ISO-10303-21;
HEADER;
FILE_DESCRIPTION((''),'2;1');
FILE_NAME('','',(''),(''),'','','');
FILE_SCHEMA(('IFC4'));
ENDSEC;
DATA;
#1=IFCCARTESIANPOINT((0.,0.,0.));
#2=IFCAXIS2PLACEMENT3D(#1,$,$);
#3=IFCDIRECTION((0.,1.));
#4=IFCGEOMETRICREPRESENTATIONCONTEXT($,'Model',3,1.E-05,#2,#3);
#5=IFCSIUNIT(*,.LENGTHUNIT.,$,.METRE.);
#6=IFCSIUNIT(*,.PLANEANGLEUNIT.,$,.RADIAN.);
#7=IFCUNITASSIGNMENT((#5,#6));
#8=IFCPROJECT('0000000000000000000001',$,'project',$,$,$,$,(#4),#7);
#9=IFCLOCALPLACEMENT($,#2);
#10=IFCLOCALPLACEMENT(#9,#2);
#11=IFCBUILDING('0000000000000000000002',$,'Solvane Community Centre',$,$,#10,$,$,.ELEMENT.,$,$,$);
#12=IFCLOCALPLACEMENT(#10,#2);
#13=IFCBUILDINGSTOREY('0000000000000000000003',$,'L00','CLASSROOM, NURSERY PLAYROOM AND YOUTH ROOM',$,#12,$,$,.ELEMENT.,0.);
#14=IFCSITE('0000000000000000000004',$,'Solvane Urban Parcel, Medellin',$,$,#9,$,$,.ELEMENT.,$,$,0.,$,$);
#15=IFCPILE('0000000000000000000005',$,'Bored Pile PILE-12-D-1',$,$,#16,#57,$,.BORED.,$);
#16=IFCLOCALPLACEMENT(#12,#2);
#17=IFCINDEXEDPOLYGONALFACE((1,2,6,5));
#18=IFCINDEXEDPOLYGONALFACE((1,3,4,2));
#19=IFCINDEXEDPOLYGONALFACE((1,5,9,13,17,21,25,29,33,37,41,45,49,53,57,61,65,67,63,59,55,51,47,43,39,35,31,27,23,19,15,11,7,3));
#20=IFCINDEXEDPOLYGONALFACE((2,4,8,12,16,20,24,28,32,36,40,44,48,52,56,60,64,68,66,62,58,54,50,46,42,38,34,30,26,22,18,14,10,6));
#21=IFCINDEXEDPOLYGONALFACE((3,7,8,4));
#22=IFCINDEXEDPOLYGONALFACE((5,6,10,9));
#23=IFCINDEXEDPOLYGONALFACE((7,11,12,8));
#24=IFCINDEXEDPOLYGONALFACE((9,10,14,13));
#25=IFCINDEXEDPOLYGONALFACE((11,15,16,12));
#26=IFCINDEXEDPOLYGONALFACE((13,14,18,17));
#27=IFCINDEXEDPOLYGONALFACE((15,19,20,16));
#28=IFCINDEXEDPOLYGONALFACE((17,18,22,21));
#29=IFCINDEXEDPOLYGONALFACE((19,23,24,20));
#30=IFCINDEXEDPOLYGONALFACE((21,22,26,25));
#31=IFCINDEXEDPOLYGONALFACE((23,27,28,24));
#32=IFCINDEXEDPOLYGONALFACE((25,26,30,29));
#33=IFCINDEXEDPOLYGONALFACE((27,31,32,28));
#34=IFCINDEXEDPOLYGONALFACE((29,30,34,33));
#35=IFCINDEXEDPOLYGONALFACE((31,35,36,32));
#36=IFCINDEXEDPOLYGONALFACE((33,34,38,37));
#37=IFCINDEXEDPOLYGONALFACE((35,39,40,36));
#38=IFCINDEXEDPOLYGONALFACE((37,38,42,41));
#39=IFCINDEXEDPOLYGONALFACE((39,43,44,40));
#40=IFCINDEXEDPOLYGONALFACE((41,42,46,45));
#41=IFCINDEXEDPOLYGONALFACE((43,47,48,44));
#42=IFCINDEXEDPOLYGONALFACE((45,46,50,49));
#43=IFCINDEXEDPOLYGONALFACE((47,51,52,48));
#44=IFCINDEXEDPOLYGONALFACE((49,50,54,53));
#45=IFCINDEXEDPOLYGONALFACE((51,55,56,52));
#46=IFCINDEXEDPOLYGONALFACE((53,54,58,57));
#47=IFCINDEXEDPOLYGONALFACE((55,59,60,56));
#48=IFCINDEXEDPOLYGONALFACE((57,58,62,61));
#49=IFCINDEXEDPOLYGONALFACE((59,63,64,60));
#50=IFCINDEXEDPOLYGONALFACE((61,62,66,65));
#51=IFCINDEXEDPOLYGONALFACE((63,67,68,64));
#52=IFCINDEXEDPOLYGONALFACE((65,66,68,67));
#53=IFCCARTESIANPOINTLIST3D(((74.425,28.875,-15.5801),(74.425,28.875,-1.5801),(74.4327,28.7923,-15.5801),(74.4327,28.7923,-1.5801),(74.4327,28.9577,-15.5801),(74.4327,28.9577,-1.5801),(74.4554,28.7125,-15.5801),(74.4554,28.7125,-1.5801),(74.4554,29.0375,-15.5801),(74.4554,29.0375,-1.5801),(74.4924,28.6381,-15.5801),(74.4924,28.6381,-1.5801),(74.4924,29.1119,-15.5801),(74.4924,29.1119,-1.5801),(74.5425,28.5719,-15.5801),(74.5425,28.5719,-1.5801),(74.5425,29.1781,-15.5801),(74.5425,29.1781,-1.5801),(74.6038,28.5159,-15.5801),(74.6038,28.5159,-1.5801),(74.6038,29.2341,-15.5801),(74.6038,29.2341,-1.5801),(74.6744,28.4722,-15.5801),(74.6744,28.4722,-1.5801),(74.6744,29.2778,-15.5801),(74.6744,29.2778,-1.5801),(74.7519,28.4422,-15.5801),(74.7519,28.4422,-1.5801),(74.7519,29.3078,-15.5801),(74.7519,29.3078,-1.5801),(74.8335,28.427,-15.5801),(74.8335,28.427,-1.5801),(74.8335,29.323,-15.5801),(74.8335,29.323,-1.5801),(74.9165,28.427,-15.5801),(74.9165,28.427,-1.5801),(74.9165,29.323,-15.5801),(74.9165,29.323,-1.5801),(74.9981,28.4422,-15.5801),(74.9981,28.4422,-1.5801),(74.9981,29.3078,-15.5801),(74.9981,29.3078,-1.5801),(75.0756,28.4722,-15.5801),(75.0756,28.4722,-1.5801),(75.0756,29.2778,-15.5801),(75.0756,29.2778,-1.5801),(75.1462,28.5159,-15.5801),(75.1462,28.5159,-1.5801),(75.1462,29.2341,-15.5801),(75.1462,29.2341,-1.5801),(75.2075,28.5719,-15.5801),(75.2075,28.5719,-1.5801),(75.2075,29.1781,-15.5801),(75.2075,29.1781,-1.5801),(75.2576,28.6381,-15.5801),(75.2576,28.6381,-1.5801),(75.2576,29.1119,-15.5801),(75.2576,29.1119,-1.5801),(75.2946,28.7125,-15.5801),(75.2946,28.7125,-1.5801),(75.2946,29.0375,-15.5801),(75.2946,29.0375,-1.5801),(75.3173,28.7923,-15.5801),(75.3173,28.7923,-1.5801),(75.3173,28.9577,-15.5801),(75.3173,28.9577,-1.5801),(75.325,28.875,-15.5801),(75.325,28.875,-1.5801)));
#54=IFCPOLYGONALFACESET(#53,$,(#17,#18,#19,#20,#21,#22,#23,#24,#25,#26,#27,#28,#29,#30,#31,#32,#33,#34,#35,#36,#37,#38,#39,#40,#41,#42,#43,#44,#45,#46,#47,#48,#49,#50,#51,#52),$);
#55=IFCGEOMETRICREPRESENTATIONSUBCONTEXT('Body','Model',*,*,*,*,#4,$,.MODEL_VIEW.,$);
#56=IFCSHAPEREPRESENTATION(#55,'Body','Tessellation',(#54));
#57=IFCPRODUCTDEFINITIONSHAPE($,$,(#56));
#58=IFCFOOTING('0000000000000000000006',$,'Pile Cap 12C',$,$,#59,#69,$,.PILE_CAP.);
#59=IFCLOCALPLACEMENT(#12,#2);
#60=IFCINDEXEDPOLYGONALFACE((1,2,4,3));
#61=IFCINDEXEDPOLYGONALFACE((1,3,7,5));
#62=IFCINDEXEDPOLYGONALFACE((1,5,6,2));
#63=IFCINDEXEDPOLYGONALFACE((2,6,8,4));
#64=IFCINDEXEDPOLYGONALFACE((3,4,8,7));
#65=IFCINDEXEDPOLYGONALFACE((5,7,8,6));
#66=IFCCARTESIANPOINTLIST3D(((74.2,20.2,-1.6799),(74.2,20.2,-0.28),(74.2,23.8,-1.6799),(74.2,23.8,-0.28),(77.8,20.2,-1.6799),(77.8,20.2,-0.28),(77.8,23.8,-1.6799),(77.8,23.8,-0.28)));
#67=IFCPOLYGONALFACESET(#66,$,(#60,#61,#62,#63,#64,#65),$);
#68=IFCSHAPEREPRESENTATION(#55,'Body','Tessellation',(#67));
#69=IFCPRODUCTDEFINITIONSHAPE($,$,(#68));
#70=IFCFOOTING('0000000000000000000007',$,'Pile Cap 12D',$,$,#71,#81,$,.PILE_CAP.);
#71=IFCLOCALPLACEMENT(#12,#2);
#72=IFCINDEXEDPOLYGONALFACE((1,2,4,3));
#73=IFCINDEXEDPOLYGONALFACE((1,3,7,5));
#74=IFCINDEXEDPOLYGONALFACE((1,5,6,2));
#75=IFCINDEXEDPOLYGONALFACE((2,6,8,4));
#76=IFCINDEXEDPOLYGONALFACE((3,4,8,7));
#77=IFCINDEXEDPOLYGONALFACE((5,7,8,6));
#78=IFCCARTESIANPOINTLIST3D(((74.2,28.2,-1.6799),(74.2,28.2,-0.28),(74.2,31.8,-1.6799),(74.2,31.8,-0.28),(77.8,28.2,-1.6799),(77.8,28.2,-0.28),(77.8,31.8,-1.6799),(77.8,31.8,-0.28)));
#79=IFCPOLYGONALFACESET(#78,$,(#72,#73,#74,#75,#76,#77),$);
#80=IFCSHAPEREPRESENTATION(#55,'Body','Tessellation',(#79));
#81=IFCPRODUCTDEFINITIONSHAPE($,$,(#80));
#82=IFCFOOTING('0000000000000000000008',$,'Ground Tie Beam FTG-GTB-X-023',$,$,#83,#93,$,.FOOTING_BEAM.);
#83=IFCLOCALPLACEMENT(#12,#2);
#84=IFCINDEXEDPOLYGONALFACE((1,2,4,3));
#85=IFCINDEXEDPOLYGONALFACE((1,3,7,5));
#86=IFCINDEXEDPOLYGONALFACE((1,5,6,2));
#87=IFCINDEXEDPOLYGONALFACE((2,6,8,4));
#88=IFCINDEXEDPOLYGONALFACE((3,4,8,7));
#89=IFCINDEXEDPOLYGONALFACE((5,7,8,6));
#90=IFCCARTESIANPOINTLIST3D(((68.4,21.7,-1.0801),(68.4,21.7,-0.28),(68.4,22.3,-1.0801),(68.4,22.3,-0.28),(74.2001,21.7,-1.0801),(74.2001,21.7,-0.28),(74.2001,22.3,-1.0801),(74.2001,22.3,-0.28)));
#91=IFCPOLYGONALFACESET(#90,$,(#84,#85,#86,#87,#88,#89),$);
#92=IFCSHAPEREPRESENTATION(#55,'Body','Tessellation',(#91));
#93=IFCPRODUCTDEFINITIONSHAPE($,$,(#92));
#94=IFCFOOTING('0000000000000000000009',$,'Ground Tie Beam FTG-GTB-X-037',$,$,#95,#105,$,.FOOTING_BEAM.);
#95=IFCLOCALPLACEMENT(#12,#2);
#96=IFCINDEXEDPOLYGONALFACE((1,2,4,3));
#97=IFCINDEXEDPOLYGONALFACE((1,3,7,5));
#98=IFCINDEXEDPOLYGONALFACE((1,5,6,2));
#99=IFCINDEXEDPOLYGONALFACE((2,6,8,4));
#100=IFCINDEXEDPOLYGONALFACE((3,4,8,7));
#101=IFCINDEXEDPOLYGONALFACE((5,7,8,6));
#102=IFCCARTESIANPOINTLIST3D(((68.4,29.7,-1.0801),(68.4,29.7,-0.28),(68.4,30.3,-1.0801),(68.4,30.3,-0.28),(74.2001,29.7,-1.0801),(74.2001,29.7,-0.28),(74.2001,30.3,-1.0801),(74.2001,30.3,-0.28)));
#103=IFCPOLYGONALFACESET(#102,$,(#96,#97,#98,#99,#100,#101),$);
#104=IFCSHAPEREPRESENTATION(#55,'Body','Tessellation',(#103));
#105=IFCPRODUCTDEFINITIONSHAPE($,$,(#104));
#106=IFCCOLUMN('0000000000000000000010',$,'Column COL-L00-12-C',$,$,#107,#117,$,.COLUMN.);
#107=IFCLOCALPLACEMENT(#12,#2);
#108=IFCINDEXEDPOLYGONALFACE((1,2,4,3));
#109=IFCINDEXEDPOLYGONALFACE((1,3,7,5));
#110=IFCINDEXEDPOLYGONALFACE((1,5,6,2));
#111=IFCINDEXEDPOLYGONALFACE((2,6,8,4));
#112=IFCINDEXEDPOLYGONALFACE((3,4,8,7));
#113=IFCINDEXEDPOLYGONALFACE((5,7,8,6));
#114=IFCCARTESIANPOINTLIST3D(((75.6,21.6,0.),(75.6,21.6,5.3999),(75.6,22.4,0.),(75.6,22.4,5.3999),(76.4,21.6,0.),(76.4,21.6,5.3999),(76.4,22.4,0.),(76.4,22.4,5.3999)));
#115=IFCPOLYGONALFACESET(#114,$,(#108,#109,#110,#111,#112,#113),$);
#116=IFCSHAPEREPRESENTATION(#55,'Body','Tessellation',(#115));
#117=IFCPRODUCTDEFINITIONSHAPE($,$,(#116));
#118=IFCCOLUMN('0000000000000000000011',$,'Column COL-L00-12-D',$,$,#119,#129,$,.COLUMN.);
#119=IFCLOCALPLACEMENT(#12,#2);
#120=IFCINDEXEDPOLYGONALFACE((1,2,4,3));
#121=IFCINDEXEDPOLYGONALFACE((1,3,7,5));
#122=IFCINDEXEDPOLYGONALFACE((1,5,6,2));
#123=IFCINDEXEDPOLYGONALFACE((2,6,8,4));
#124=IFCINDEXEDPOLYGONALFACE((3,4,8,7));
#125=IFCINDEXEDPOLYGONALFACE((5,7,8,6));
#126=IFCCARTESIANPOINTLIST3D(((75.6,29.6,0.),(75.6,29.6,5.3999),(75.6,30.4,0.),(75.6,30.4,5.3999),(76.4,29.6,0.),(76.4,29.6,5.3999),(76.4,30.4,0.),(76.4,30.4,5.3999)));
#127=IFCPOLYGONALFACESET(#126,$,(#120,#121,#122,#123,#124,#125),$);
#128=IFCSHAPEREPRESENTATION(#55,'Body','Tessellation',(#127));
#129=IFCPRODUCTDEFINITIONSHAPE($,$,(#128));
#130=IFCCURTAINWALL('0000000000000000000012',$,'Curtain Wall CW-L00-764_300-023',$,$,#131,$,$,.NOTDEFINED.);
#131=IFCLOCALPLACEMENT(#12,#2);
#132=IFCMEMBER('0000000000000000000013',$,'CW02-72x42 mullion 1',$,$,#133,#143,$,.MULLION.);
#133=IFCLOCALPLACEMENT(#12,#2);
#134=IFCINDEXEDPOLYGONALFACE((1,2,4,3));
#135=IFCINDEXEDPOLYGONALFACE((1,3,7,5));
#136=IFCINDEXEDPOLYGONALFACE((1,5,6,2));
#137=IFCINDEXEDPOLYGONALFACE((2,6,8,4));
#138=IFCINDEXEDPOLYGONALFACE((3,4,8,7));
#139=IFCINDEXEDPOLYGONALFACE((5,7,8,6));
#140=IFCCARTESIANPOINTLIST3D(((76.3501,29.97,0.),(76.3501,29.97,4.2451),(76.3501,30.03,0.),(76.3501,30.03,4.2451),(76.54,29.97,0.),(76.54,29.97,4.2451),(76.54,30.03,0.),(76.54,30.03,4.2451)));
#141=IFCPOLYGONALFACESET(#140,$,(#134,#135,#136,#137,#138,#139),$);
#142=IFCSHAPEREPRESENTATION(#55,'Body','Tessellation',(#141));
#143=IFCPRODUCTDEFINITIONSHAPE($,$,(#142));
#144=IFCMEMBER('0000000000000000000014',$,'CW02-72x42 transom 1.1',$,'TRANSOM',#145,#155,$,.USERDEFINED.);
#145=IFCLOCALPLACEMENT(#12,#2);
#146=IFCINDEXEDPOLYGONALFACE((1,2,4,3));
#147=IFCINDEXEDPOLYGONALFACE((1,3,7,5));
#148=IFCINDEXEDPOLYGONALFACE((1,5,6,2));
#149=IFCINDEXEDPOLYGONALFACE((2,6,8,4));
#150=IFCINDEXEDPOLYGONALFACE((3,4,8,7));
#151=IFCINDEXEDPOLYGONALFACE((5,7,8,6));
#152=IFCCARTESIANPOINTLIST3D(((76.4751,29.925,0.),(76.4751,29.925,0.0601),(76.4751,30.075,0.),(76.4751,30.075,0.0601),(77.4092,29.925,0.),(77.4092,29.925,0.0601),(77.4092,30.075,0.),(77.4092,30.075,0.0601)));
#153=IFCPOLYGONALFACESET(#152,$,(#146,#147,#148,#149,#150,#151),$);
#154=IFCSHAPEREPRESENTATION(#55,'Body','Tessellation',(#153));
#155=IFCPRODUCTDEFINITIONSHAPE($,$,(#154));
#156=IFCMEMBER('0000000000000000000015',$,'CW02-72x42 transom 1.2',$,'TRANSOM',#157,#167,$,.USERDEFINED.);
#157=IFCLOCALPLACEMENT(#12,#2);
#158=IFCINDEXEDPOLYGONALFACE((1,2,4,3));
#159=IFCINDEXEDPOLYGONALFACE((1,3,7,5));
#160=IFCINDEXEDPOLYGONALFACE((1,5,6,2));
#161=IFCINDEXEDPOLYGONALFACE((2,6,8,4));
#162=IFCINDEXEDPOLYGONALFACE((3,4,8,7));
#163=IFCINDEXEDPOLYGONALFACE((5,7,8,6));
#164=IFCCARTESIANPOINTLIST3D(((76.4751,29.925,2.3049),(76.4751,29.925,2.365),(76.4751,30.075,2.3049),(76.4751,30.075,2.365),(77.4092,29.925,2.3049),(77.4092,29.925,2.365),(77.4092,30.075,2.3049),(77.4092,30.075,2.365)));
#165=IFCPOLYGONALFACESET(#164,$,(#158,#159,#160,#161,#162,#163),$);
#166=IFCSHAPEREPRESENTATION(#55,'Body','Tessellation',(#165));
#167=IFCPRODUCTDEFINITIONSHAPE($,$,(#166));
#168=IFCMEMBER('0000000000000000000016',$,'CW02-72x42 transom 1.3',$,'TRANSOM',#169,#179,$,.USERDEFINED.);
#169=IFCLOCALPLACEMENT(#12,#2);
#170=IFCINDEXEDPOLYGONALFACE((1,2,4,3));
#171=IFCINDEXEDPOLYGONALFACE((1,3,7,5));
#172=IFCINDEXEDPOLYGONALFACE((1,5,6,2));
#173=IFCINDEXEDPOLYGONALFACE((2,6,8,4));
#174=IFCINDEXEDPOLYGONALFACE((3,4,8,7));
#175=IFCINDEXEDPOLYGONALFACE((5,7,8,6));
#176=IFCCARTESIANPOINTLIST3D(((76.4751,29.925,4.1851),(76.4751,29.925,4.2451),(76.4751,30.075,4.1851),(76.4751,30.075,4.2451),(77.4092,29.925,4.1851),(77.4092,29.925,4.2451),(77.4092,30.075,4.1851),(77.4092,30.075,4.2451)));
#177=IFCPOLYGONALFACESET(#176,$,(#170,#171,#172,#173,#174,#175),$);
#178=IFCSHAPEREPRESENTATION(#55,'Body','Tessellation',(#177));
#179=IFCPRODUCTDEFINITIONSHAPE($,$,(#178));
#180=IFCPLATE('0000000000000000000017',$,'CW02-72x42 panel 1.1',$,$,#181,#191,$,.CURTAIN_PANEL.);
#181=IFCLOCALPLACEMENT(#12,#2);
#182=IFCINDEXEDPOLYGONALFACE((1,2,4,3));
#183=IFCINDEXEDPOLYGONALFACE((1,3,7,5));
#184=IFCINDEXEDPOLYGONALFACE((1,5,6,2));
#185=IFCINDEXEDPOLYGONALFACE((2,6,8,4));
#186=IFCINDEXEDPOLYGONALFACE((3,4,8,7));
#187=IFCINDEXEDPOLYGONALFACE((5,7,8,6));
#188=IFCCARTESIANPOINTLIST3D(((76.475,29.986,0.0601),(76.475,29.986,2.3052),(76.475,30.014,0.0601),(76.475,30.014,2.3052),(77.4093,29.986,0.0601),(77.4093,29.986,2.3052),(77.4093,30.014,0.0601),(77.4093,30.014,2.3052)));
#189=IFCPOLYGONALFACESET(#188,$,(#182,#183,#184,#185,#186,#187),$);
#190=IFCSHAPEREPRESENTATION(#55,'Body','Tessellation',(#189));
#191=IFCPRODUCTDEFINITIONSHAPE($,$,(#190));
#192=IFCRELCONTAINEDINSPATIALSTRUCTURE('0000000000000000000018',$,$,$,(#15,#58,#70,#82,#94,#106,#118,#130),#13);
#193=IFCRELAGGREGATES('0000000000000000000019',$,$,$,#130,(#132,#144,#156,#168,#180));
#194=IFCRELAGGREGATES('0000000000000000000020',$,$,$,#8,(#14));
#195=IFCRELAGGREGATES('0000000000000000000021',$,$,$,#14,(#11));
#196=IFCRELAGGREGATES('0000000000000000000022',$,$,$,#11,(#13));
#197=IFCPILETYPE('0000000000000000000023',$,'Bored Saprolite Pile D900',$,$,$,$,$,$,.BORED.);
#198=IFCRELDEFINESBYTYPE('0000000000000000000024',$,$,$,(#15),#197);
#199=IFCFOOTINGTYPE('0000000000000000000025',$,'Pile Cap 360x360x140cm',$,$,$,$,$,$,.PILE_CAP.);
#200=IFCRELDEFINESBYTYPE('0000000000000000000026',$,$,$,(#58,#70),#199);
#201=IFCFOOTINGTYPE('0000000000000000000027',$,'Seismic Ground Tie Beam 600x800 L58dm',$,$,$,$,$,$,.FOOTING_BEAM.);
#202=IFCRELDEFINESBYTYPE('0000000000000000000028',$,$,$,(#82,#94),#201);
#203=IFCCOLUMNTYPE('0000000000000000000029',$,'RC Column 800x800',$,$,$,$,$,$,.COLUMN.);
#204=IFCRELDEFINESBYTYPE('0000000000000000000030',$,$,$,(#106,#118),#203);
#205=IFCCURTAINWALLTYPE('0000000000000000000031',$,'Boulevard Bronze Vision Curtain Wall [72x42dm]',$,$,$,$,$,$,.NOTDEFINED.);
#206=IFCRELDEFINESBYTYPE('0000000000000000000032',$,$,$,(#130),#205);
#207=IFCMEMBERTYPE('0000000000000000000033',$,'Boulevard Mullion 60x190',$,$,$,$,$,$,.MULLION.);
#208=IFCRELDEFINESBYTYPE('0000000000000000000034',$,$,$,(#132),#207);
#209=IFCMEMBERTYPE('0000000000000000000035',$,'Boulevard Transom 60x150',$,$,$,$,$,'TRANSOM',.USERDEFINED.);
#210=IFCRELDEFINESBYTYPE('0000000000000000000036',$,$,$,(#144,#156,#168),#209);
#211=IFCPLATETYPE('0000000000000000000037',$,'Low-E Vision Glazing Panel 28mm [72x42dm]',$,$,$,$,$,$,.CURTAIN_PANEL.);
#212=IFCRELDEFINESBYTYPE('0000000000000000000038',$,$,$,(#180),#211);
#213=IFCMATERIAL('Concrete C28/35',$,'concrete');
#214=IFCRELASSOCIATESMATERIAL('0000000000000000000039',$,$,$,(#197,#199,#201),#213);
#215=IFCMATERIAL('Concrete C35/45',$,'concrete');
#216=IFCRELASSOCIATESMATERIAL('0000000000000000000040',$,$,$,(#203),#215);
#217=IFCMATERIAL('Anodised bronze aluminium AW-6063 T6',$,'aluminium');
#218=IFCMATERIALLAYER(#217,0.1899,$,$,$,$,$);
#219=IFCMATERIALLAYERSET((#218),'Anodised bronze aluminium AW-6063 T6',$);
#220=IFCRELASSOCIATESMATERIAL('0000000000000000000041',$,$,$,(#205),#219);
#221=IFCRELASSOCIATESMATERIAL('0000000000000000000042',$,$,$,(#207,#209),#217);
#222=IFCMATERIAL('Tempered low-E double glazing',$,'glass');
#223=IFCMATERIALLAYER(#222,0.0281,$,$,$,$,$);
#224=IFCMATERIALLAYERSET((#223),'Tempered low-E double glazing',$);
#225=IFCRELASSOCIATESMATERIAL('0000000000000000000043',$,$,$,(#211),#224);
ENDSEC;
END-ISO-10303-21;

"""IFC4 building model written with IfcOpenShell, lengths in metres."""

from ifc_helpers import new_model, si_unit, direction, frame, origin, origin_2d, place, context, subcontext, project, spatial, rectangle, circle, extrude, material, layer, layer_set, material_profile, profile_set, type_object, element, aggregate, save


model = new_model("IFC4")

# Units and contexts
model_context = context("Model", 3, precision=1e-05, world=origin(), true_north=direction((0.0, 1.0)))
body_context = subcontext(model_context, "Body", "Model", "MODEL_VIEW")
ifc_project = project(units=[si_unit("LENGTHUNIT", "METRE"), si_unit("PLANEANGLEUNIT", "RADIAN")], contexts=[model_context])

# Site, building, storey
site_placement = place(None, origin())
site = spatial("IfcSite", under=ifc_project, at=site_placement, Name="Solvane Urban Parcel, Medellin", CompositionType="ELEMENT", RefElevation=0.0)
building_placement = place(site_placement, origin())
building = spatial("IfcBuilding", under=site, at=building_placement, Name="Solvane Community Centre", CompositionType="ELEMENT")
storey_placement = place(building_placement, origin())
storey = spatial("IfcBuildingStorey", under=building, at=storey_placement, Name="L00", Description="CLASSROOM, NURSERY PLAYROOM AND YOUTH ROOM", CompositionType="ELEMENT", Elevation=0.0)

# Pile
ifc_material_1 = material(Name="Concrete C28/35", Category="concrete")
ifc_material_profile_1 = material_profile(ifc_material_1, circle(Radius=0.45, at=origin_2d()), Name="PILE D900")
ifc_profile_set_1 = profile_set([ifc_material_profile_1], Name="Concrete C28/35")
pile_type_1 = type_object("IfcPileType", Name="Bored Saprolite Pile D900", PredefinedType="BORED", material=ifc_profile_set_1)
for number, where, z_axis, x_axis, name in (
    (1, (74.875, 28.875, -1.5801), (0.0, 0.0, -1.0), (1.0, 0.0, 0.0), "Bored Pile PILE-12-D-1"),
):
    element("IfcPile", number, at=place(storey_placement, frame(where, z_axis=z_axis, x_axis=x_axis)), inside=storey, type_object=pile_type_1, Name=name, PredefinedType="BORED", context=body_context, shape_type="SweptSolid", body=[
        extrude(circle(Radius=0.45, at=origin_2d()), origin(), (0.0, 0.0, 1.0), 14.0),
    ])

# Footings
footing_type_1 = type_object("IfcFootingType", Name="Pile Cap 360x360x140cm", PredefinedType="PILE_CAP", material=ifc_material_1)
for number, where, z_axis, x_axis, name in (
    (2, (76.0, 22.0, -1.6799), (0.0, 0.0, 1.0), (1.0, 0.0, 0.0), "Pile Cap 12C"),
    (3, (76.0, 30.0, -1.6799), (0.0, 0.0, 1.0), (1.0, 0.0, 0.0), "Pile Cap 12D"),
):
    element("IfcFooting", number, at=place(storey_placement, frame(where, z_axis=z_axis, x_axis=x_axis)), inside=storey, type_object=footing_type_1, Name=name, PredefinedType="PILE_CAP", context=body_context, shape_type="SweptSolid", body=[
        extrude(rectangle(XDim=3.6001, YDim=3.6001, at=origin_2d()), origin(), (0.0, 0.0, 1.0), 1.3999),
    ])
footing_type_2 = type_object("IfcFootingType", Name="Seismic Ground Tie Beam 600x800 L58dm", PredefinedType="FOOTING_BEAM", material=ifc_material_1)
for number, where, z_axis, x_axis, name in (
    (4, (71.3, 22.0, -1.0801), (0.0, 0.0, 1.0), (1.0, 0.0, 0.0), "Ground Tie Beam FTG-GTB-X-023"),
    (5, (71.3, 30.0, -1.0801), (0.0, 0.0, 1.0), (1.0, 0.0, 0.0), "Ground Tie Beam FTG-GTB-X-037"),
):
    element("IfcFooting", number, at=place(storey_placement, frame(where, z_axis=z_axis, x_axis=x_axis)), inside=storey, type_object=footing_type_2, Name=name, PredefinedType="FOOTING_BEAM", context=body_context, shape_type="SweptSolid", body=[
        extrude(rectangle(XDim=5.8, YDim=0.6001, at=origin_2d()), origin(), (0.0, 0.0, 1.0), 0.8),
    ])

# Columns
ifc_material_2 = material(Name="Concrete C35/45", Category="concrete")
ifc_material_profile_2 = material_profile(ifc_material_2, rectangle(XDim=0.8, YDim=0.8, at=origin_2d()), Name="RC 800x800")
ifc_profile_set_2 = profile_set([ifc_material_profile_2], Name="Concrete C35/45")
column_type = type_object("IfcColumnType", Name="RC Column 800x800", PredefinedType="COLUMN", material=ifc_profile_set_2)
for number, where, z_axis, x_axis, name in (
    (6, (76.0, 22.0, 0.0), (0.0, 0.0, 1.0), (1.0, 0.0, 0.0), "Column COL-L00-12-C"),
    (7, (76.0, 30.0, 0.0), (0.0, 0.0, 1.0), (1.0, 0.0, 0.0), "Column COL-L00-12-D"),
):
    element("IfcColumn", number, at=place(storey_placement, frame(where, z_axis=z_axis, x_axis=x_axis)), inside=storey, type_object=column_type, Name=name, PredefinedType="COLUMN", context=body_context, shape_type="SweptSolid", body=[
        extrude(rectangle(XDim=0.8, YDim=0.8, at=origin_2d()), origin(), (0.0, 0.0, 1.0), 5.3999),
    ])

# Curtain wall, members, plate
ifc_material_3 = material(Name="Anodised bronze aluminium AW-6063 T6", Category="aluminium")
ifc_layer_1 = layer(ifc_material_3, 0.1899)
ifc_layer_set_1 = layer_set([ifc_layer_1], Name="Anodised bronze aluminium AW-6063 T6")
curtain_wall_type = type_object("IfcCurtainWallType", Name="Boulevard Bronze Vision Curtain Wall [72x42dm]", PredefinedType="NOTDEFINED", material=ifc_layer_set_1)
curtain_wall_placement = place(storey_placement, origin())
curtain_wall = element("IfcCurtainWall", 8, at=curtain_wall_placement, inside=storey, type_object=curtain_wall_type, Name="Curtain Wall CW-L00-764_300-023", PredefinedType="NOTDEFINED")
ifc_material_profile_3 = material_profile(ifc_material_3, rectangle(XDim=0.0601, YDim=0.1899, at=origin_2d()), Name="CW-M 60x190")
ifc_profile_set_3 = profile_set([ifc_material_profile_3], Name="Anodised bronze aluminium AW-6063 T6")
member_type_1 = type_object("IfcMemberType", Name="Boulevard Mullion 60x190", PredefinedType="MULLION", material=ifc_profile_set_3)
member_1_placement = place(storey_placement, frame((76.4451, 30.0, 0.0), z_axis=(0.0, 0.0, 1.0), x_axis=(0.0, 1.0, 0.0)))
member_1 = element("IfcMember", 9, at=member_1_placement, type_object=member_type_1, Name="CW02-72x42 mullion 1", PredefinedType="MULLION", context=body_context, shape_type="SweptSolid", body=[
    extrude(rectangle(XDim=0.0601, YDim=0.1899, at=origin_2d()), origin(), (0.0, 0.0, 1.0), 4.2451),
])
ifc_material_profile_4 = material_profile(ifc_material_3, rectangle(XDim=0.1499, YDim=0.0601, at=origin_2d()), Name="CW-T 60x150")
ifc_profile_set_4 = profile_set([ifc_material_profile_4], Name="Anodised bronze aluminium AW-6063 T6")
member_type_2 = type_object("IfcMemberType", Name="Boulevard Transom 60x150", ElementType="TRANSOM", PredefinedType="USERDEFINED", material=ifc_profile_set_4)
member_2_placement = place(storey_placement, frame((76.4751, 30.0, 0.03), z_axis=(1.0, 0.0, 0.0), x_axis=(0.0, 1.0, 0.0)))
member_2 = element("IfcMember", 10, at=member_2_placement, type_object=member_type_2, Name="CW02-72x42 transom 1.1", ObjectType="TRANSOM", PredefinedType="USERDEFINED", context=body_context, shape_type="SweptSolid", body=[
    extrude(rectangle(XDim=0.1499, YDim=0.0601, at=origin_2d()), origin(), (0.0, 0.0, 1.0), 0.9341),
])
member_3_placement = place(storey_placement, frame((76.4751, 30.0, 2.335), z_axis=(1.0, 0.0, 0.0), x_axis=(0.0, 1.0, 0.0)))
member_3 = element("IfcMember", 11, at=member_3_placement, type_object=member_type_2, Name="CW02-72x42 transom 1.2", ObjectType="TRANSOM", PredefinedType="USERDEFINED", context=body_context, shape_type="SweptSolid", body=[
    extrude(rectangle(XDim=0.1499, YDim=0.0601, at=origin_2d()), origin(), (0.0, 0.0, 1.0), 0.9341),
])
member_4_placement = place(storey_placement, frame((76.4751, 30.0, 4.2151), z_axis=(1.0, 0.0, 0.0), x_axis=(0.0, 1.0, 0.0)))
member_4 = element("IfcMember", 12, at=member_4_placement, type_object=member_type_2, Name="CW02-72x42 transom 1.3", ObjectType="TRANSOM", PredefinedType="USERDEFINED", context=body_context, shape_type="SweptSolid", body=[
    extrude(rectangle(XDim=0.1499, YDim=0.0601, at=origin_2d()), origin(), (0.0, 0.0, 1.0), 0.9341),
])
ifc_material_4 = material(Name="Tempered low-E double glazing", Category="glass")
ifc_layer_2 = layer(ifc_material_4, 0.0281)
ifc_layer_set_2 = layer_set([ifc_layer_2], Name="Tempered low-E double glazing")
plate_type = type_object("IfcPlateType", Name="Low-E Vision Glazing Panel 28mm [72x42dm]", PredefinedType="CURTAIN_PANEL", material=ifc_layer_set_2)
plate_placement = place(storey_placement, frame((76.9421, 30.0, 0.0601), z_axis=(0.0, 0.0, 1.0), x_axis=(1.0, 0.0, 0.0)))
plate = element("IfcPlate", 13, at=plate_placement, type_object=plate_type, Name="CW02-72x42 panel 1.1", PredefinedType="CURTAIN_PANEL", context=body_context, shape_type="SweptSolid", body=[
    extrude(rectangle(XDim=0.9343, YDim=0.0281, at=origin_2d()), origin(), (0.0, 0.0, 1.0), 2.2451),
])
aggregate(curtain_wall, [member_1, member_2, member_3, member_4, plate])

save(model, "model.ifc")
